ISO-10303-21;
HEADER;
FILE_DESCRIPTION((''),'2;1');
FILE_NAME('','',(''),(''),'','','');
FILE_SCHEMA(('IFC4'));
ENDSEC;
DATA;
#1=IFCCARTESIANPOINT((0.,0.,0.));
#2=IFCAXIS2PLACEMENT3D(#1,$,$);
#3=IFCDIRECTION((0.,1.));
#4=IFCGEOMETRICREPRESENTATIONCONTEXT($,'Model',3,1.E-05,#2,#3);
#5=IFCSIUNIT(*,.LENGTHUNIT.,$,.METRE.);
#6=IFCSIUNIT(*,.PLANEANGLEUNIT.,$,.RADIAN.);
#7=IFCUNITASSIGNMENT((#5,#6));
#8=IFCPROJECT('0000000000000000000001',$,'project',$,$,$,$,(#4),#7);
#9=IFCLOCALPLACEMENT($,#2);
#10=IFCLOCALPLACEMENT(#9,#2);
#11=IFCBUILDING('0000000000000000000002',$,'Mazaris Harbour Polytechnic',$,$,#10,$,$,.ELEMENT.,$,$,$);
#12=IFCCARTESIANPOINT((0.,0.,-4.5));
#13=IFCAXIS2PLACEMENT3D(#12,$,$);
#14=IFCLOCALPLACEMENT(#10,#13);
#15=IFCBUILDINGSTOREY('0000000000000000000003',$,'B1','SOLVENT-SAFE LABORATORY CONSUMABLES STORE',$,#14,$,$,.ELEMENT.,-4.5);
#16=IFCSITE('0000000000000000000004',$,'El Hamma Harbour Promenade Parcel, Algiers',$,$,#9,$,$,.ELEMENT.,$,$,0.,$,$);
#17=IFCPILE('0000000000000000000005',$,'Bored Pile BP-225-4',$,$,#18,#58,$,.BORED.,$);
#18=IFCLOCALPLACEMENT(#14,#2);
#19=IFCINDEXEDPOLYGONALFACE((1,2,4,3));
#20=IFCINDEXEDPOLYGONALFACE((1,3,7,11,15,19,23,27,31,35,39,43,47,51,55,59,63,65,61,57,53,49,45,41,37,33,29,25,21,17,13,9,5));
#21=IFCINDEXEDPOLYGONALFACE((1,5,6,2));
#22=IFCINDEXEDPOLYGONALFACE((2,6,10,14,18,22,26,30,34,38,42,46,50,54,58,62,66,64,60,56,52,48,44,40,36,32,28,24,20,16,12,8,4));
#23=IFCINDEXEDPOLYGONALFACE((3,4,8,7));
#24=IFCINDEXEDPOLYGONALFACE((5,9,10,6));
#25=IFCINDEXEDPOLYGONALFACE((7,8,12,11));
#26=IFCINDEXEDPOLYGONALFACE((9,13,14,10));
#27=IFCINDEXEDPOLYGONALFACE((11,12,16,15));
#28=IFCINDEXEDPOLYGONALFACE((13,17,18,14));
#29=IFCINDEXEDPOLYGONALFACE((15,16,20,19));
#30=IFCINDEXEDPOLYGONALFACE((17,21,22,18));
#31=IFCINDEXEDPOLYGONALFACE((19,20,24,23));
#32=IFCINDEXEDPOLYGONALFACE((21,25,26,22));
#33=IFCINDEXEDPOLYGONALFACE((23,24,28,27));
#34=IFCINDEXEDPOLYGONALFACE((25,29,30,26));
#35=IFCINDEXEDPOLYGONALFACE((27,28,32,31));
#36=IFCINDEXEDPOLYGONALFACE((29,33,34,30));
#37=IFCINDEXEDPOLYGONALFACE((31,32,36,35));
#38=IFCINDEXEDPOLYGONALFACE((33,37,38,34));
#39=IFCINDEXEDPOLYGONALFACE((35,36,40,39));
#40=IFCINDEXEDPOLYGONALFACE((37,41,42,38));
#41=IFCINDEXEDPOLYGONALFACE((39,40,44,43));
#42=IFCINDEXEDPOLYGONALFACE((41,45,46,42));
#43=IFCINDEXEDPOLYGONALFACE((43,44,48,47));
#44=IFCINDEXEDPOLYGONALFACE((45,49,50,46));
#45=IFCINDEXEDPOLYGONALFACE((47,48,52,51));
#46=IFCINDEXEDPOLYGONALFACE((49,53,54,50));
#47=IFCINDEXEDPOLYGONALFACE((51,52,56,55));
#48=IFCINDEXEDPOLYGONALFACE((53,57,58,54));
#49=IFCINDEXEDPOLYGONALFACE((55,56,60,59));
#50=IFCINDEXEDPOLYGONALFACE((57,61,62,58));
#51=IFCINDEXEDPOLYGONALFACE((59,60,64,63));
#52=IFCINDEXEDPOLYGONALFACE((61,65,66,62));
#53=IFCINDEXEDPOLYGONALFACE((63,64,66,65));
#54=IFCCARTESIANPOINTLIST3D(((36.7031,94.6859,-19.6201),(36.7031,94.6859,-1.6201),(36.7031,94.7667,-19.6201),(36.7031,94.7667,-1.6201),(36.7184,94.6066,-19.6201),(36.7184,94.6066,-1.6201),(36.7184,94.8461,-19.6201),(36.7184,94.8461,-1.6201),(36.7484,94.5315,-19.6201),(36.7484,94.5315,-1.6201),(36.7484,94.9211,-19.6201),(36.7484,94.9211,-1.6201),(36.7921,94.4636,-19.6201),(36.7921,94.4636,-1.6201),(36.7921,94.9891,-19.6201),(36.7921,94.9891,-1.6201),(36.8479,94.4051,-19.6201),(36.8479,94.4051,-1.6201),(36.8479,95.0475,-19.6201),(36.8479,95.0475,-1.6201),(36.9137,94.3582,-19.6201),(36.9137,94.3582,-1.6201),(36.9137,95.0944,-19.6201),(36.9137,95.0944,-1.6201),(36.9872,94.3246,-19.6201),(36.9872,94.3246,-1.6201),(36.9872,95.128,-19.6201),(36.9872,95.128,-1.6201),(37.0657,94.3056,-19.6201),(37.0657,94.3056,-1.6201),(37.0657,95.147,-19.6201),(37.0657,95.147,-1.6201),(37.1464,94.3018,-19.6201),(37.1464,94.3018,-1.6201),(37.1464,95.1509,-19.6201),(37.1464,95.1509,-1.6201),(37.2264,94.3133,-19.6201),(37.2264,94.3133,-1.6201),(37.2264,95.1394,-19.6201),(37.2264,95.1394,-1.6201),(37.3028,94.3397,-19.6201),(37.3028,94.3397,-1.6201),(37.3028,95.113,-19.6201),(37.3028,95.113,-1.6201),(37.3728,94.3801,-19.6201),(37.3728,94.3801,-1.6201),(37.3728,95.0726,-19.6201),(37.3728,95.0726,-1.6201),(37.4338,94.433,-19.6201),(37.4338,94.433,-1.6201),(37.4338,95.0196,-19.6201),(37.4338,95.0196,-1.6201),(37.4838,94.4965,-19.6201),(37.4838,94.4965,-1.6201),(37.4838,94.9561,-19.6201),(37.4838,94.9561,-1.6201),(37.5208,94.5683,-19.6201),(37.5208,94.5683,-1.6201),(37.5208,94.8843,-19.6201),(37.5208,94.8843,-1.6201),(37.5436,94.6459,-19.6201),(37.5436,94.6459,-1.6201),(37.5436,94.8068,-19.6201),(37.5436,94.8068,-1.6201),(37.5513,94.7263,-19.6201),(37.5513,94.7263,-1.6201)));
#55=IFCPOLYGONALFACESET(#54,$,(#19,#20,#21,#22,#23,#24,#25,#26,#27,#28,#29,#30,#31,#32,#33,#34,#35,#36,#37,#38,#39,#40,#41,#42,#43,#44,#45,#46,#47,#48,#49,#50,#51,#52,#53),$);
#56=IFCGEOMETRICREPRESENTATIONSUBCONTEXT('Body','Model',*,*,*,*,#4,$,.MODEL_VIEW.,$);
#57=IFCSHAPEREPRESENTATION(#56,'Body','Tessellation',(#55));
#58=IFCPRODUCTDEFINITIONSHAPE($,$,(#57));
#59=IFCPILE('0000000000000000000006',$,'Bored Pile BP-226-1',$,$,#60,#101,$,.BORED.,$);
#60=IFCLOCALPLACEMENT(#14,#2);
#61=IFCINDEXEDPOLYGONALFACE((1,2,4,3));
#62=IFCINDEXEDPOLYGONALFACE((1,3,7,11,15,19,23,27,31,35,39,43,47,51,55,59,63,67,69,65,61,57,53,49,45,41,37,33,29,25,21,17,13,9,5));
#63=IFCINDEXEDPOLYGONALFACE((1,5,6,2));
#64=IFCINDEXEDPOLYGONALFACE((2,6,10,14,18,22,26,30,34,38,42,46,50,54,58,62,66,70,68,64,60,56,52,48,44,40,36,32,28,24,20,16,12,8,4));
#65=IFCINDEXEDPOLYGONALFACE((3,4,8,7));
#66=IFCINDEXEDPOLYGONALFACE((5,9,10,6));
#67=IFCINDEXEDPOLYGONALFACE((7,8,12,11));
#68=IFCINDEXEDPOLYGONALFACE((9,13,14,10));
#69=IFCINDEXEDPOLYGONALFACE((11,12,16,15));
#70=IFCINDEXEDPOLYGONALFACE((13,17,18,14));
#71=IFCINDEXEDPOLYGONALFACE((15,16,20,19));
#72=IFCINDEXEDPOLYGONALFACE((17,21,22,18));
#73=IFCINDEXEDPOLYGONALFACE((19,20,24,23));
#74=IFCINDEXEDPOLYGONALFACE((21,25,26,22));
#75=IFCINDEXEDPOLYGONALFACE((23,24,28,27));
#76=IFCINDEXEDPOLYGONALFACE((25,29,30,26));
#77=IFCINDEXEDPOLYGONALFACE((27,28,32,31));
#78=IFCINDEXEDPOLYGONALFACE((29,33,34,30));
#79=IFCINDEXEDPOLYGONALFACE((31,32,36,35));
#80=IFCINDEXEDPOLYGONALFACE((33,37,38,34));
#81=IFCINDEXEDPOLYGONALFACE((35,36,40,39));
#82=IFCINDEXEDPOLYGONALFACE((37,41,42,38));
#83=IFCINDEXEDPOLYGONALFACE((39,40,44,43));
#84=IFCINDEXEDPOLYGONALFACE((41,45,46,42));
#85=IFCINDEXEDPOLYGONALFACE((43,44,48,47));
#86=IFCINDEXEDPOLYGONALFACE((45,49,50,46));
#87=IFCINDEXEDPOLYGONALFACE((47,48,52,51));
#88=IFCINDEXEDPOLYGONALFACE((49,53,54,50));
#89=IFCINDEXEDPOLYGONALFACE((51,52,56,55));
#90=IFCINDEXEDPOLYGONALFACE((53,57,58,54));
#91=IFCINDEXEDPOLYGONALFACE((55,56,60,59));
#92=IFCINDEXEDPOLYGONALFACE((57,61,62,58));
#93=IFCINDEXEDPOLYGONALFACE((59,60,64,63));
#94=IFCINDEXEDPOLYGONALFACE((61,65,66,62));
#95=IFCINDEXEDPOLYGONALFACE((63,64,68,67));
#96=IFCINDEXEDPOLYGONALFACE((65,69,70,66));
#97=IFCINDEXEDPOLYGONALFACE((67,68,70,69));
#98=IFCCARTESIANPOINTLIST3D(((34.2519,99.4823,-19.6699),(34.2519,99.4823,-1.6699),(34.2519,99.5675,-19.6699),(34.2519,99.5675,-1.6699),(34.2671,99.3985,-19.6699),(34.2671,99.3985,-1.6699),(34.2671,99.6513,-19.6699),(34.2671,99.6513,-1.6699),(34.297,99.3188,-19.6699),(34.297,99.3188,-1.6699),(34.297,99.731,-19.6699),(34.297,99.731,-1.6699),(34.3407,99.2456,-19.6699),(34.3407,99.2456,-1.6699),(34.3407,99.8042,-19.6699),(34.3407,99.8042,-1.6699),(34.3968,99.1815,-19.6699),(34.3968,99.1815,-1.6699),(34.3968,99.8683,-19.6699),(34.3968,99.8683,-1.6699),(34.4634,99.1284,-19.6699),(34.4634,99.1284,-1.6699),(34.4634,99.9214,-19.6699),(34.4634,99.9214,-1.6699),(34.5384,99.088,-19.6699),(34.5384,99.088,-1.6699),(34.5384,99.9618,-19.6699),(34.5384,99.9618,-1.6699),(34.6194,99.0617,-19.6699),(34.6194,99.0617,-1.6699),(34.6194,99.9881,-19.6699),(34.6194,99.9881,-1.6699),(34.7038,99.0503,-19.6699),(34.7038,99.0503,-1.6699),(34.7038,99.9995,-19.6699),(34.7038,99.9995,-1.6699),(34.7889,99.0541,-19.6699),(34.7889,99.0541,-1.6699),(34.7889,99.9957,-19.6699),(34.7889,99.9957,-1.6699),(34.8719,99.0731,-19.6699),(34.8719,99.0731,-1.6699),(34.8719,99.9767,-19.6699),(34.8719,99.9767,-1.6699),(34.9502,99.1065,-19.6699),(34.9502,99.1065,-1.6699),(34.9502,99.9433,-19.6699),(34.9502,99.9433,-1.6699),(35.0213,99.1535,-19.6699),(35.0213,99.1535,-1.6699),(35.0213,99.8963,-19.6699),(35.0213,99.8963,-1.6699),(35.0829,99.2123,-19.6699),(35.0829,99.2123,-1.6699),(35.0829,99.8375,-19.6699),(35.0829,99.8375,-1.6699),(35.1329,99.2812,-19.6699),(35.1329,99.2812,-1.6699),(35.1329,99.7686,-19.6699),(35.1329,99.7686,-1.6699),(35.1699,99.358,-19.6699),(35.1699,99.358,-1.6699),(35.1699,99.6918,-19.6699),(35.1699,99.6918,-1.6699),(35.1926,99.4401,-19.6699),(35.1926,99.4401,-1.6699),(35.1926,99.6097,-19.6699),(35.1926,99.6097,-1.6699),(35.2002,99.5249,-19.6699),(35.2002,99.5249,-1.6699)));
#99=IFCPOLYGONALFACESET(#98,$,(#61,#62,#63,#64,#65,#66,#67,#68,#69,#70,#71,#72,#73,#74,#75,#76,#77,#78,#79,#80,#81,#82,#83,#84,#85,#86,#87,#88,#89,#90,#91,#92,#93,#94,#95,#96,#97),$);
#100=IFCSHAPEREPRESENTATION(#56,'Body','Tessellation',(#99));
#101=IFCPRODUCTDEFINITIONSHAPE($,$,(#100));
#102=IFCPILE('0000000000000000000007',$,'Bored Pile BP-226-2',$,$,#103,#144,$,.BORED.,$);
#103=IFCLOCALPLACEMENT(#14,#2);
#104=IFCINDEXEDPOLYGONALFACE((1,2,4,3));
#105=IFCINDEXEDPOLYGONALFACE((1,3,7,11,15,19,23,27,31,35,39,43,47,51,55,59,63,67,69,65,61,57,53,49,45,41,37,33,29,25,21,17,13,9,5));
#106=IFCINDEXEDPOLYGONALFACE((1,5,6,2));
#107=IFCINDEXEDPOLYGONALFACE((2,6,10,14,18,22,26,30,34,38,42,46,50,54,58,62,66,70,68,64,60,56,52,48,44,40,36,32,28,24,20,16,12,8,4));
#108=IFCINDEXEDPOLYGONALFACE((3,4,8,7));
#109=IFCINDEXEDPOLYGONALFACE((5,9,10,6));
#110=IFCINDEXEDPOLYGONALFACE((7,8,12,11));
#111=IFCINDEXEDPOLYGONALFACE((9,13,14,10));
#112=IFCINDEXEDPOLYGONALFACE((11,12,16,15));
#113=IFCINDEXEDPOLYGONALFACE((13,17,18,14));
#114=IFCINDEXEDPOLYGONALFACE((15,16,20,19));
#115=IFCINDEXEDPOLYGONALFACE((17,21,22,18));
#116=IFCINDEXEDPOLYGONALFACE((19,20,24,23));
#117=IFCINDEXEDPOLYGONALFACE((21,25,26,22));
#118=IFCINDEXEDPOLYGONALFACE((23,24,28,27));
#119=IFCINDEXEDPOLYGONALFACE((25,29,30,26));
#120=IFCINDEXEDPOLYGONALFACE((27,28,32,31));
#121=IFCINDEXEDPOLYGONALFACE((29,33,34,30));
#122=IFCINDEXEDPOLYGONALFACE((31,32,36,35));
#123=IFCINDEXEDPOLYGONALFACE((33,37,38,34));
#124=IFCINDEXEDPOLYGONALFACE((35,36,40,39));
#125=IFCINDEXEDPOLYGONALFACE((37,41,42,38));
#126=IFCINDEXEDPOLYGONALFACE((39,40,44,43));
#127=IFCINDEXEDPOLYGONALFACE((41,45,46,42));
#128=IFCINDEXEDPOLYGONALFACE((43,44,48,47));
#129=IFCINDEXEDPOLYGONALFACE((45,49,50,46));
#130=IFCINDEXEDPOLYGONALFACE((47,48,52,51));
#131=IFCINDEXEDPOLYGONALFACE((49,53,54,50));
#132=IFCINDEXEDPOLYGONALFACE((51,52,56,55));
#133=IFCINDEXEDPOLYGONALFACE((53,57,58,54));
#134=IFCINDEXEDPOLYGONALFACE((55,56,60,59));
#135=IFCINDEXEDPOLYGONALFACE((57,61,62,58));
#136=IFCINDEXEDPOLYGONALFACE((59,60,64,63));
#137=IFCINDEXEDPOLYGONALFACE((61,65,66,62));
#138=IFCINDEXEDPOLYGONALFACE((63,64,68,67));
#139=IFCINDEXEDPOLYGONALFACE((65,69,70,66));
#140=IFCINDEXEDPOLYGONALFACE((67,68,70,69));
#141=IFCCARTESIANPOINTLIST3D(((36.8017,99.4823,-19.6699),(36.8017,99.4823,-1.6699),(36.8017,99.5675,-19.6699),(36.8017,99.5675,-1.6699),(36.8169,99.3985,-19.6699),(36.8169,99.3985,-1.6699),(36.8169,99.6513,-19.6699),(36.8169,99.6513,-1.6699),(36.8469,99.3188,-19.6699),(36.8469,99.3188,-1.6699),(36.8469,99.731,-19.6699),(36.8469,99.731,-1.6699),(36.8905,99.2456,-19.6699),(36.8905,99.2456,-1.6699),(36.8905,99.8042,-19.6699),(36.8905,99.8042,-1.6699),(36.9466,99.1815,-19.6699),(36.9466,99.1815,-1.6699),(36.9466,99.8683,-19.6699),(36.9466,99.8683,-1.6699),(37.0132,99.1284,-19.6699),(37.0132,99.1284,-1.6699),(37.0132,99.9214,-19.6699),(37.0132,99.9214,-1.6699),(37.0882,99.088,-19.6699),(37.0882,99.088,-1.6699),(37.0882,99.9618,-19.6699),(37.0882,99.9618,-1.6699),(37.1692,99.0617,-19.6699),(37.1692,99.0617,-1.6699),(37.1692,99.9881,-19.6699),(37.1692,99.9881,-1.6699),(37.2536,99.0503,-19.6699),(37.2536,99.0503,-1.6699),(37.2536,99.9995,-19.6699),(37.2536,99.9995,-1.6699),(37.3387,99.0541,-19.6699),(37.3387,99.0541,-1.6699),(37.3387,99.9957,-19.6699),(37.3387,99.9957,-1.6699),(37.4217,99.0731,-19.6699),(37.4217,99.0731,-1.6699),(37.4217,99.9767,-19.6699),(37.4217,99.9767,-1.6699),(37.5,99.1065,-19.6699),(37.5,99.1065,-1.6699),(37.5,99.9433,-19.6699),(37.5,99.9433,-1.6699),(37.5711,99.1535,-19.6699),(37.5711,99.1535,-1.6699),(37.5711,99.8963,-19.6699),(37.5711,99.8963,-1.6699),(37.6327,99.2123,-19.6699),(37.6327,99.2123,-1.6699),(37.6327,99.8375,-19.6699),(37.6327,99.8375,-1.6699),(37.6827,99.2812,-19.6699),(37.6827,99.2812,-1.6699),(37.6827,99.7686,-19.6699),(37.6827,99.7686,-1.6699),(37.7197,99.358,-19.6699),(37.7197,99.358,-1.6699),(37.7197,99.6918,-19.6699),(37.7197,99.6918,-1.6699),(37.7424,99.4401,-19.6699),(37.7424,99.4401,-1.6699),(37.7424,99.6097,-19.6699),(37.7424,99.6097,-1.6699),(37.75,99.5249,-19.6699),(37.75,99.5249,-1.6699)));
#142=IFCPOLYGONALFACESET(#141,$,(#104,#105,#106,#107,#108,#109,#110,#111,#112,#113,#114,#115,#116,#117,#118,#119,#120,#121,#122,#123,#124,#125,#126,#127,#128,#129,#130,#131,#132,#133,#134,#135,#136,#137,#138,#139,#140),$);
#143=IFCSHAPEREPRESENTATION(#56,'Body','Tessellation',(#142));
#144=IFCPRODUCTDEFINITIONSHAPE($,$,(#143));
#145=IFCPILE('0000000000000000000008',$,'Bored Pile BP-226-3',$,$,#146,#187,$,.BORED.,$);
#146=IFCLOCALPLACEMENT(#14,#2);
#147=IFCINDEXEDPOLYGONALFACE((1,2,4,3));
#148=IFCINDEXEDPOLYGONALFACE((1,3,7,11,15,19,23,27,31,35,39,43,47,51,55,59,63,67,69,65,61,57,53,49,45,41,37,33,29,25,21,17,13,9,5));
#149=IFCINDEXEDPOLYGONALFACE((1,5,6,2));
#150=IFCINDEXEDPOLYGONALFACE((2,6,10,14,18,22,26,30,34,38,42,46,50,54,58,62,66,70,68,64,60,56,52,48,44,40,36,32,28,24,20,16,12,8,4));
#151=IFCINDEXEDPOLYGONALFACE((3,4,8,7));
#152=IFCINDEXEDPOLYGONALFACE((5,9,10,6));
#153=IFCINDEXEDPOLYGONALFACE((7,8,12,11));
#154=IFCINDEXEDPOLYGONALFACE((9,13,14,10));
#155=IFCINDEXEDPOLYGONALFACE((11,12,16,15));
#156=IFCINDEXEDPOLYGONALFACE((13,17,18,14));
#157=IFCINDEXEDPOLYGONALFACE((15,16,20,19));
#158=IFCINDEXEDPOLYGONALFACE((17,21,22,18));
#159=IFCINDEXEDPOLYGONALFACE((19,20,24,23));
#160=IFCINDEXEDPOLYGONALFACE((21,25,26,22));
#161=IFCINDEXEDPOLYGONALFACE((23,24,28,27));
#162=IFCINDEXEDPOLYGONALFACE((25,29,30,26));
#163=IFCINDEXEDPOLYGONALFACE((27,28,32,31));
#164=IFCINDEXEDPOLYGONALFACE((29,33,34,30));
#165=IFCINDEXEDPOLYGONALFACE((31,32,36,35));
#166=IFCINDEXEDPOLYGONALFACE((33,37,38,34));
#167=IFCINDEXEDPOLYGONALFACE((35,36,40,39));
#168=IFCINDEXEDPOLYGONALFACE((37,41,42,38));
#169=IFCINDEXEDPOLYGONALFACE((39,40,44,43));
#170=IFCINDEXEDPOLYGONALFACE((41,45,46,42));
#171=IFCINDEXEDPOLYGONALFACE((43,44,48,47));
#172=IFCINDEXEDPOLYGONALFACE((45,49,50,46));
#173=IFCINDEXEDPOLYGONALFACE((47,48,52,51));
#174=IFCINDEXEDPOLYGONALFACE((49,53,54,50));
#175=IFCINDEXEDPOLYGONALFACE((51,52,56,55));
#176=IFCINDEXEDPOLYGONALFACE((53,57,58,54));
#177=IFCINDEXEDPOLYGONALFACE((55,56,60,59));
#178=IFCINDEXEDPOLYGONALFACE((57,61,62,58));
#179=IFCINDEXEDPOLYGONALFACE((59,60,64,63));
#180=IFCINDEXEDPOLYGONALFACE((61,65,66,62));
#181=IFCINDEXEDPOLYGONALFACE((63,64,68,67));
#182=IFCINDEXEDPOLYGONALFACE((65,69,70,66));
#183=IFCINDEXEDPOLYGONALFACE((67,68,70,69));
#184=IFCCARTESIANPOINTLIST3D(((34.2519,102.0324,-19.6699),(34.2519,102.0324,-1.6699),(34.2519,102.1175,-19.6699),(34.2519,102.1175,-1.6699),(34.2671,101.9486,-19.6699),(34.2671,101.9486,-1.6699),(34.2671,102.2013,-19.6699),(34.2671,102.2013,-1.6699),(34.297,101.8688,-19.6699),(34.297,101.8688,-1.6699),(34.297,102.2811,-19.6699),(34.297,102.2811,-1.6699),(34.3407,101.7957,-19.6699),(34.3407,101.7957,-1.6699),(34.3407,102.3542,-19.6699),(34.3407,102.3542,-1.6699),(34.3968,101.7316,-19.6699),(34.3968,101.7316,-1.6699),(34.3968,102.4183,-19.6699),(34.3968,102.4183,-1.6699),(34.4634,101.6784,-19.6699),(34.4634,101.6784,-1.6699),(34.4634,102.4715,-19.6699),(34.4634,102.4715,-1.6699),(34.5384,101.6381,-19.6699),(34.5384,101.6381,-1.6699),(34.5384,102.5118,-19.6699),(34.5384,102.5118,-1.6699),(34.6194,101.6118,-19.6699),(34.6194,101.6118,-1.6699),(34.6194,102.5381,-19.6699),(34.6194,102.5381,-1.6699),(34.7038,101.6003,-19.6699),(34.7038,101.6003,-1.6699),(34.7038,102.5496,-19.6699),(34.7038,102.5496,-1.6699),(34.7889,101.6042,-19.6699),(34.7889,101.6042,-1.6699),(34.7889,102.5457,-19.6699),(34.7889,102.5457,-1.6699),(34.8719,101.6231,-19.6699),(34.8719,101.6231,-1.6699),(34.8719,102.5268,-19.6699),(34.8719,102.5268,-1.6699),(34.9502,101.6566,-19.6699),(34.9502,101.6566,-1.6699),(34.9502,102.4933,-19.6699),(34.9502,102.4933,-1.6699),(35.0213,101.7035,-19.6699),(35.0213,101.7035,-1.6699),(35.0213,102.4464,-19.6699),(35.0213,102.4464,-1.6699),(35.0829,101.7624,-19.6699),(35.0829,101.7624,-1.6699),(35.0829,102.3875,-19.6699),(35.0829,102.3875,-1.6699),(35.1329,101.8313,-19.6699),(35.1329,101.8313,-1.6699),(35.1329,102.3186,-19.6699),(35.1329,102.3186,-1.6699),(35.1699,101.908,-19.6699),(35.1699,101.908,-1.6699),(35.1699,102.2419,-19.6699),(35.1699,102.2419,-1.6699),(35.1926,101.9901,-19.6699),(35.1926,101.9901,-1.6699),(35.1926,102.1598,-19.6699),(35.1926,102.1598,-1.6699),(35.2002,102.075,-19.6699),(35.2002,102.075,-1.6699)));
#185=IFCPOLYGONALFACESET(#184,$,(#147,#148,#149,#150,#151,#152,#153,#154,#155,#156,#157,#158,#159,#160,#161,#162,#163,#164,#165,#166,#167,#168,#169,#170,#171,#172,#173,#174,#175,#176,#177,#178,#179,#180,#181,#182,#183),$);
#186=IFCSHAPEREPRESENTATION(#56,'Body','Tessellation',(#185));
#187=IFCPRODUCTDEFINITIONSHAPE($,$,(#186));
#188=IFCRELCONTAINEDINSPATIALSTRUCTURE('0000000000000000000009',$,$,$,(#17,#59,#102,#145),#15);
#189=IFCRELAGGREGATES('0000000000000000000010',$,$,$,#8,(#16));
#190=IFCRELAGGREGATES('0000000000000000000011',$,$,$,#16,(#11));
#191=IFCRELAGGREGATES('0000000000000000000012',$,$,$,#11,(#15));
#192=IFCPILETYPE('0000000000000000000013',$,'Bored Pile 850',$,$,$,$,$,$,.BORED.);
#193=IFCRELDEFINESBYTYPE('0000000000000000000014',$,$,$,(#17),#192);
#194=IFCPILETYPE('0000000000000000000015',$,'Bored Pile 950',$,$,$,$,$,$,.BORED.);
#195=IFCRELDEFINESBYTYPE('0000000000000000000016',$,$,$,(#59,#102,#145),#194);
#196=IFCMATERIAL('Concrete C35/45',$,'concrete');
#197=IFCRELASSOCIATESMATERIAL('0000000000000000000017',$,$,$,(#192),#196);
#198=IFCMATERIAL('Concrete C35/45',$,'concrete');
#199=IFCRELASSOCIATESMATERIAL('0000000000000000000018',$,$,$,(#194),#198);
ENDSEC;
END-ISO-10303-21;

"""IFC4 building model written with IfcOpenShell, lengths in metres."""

from ifc_helpers import new_model, si_unit, direction, frame, origin, origin_2d, place, context, subcontext, project, spatial, circle, extrude, material, material_profile, profile_set, type_object, element, save


model = new_model("IFC4")

# Units and contexts
model_context = context("Model", 3, precision=1e-05, world=origin(), true_north=direction((0.0, 1.0)))
body_context = subcontext(model_context, "Body", "Model", "MODEL_VIEW")
ifc_project = project(units=[si_unit("LENGTHUNIT", "METRE"), si_unit("PLANEANGLEUNIT", "RADIAN")], contexts=[model_context])

# Site, building, storey
site_placement = place(None, origin())
site = spatial("IfcSite", under=ifc_project, at=site_placement, Name="El Hamma Harbour Promenade Parcel, Algiers", CompositionType="ELEMENT", RefElevation=0.0)
building_placement = place(site_placement, origin())
building = spatial("IfcBuilding", under=site, at=building_placement, Name="Mazaris Harbour Polytechnic", CompositionType="ELEMENT")
storey_placement = place(building_placement, frame((0.0, 0.0, -4.5)))
storey = spatial("IfcBuildingStorey", under=building, at=storey_placement, Name="B1", Description="SOLVENT-SAFE LABORATORY CONSUMABLES STORE", CompositionType="ELEMENT", Elevation=-4.5)

# Piles
ifc_material_1 = material(Name="Concrete C35/45", Category="concrete")
ifc_material_profile_1 = material_profile(ifc_material_1, circle(Radius=0.425, at=origin_2d()), Name="DIA850")
ifc_profile_set_1 = profile_set([ifc_material_profile_1], Name="Concrete C35/45")
pile_type_1 = type_object("IfcPileType", Name="Bored Pile 850", PredefinedType="BORED", material=ifc_profile_set_1)
for number, where, z_axis, x_axis, name in (
    (1, (37.1262, 94.7263, -1.6201), (0.0, 0.0, -1.0), (1.0, 0.0, 0.0), "Bored Pile BP-225-4"),
):
    element("IfcPile", number, at=place(storey_placement, frame(where, z_axis=z_axis, x_axis=x_axis)), inside=storey, type_object=pile_type_1, Name=name, PredefinedType="BORED", context=body_context, shape_type="SweptSolid", body=[
        extrude(circle(Radius=0.425, at=origin_2d()), origin(), (0.0, 0.0, 1.0), 18.0),
    ])
ifc_material_2 = material(Name="Concrete C35/45", Category="concrete")
ifc_material_profile_2 = material_profile(ifc_material_2, circle(Radius=0.4751, at=origin_2d()), Name="DIA950")
ifc_profile_set_2 = profile_set([ifc_material_profile_2], Name="Concrete C35/45")
pile_type_2 = type_object("IfcPileType", Name="Bored Pile 950", PredefinedType="BORED", material=ifc_profile_set_2)
for number, where, z_axis, x_axis, name in (
    (2, (34.7251, 99.5249, -1.6699), (0.0, 0.0, -1.0), (1.0, 0.0, 0.0), "Bored Pile BP-226-1"),
    (3, (37.2749, 99.5249, -1.6699), (0.0, 0.0, -1.0), (1.0, 0.0, 0.0), "Bored Pile BP-226-2"),
    (4, (34.7251, 102.075, -1.6699), (0.0, 0.0, -1.0), (1.0, 0.0, 0.0), "Bored Pile BP-226-3"),
):
    element("IfcPile", number, at=place(storey_placement, frame(where, z_axis=z_axis, x_axis=x_axis)), inside=storey, type_object=pile_type_2, Name=name, PredefinedType="BORED", context=body_context, shape_type="SweptSolid", body=[
        extrude(circle(Radius=0.4751, at=origin_2d()), origin(), (0.0, 0.0, 1.0), 18.0),
    ])

save(model, "model.ifc")
